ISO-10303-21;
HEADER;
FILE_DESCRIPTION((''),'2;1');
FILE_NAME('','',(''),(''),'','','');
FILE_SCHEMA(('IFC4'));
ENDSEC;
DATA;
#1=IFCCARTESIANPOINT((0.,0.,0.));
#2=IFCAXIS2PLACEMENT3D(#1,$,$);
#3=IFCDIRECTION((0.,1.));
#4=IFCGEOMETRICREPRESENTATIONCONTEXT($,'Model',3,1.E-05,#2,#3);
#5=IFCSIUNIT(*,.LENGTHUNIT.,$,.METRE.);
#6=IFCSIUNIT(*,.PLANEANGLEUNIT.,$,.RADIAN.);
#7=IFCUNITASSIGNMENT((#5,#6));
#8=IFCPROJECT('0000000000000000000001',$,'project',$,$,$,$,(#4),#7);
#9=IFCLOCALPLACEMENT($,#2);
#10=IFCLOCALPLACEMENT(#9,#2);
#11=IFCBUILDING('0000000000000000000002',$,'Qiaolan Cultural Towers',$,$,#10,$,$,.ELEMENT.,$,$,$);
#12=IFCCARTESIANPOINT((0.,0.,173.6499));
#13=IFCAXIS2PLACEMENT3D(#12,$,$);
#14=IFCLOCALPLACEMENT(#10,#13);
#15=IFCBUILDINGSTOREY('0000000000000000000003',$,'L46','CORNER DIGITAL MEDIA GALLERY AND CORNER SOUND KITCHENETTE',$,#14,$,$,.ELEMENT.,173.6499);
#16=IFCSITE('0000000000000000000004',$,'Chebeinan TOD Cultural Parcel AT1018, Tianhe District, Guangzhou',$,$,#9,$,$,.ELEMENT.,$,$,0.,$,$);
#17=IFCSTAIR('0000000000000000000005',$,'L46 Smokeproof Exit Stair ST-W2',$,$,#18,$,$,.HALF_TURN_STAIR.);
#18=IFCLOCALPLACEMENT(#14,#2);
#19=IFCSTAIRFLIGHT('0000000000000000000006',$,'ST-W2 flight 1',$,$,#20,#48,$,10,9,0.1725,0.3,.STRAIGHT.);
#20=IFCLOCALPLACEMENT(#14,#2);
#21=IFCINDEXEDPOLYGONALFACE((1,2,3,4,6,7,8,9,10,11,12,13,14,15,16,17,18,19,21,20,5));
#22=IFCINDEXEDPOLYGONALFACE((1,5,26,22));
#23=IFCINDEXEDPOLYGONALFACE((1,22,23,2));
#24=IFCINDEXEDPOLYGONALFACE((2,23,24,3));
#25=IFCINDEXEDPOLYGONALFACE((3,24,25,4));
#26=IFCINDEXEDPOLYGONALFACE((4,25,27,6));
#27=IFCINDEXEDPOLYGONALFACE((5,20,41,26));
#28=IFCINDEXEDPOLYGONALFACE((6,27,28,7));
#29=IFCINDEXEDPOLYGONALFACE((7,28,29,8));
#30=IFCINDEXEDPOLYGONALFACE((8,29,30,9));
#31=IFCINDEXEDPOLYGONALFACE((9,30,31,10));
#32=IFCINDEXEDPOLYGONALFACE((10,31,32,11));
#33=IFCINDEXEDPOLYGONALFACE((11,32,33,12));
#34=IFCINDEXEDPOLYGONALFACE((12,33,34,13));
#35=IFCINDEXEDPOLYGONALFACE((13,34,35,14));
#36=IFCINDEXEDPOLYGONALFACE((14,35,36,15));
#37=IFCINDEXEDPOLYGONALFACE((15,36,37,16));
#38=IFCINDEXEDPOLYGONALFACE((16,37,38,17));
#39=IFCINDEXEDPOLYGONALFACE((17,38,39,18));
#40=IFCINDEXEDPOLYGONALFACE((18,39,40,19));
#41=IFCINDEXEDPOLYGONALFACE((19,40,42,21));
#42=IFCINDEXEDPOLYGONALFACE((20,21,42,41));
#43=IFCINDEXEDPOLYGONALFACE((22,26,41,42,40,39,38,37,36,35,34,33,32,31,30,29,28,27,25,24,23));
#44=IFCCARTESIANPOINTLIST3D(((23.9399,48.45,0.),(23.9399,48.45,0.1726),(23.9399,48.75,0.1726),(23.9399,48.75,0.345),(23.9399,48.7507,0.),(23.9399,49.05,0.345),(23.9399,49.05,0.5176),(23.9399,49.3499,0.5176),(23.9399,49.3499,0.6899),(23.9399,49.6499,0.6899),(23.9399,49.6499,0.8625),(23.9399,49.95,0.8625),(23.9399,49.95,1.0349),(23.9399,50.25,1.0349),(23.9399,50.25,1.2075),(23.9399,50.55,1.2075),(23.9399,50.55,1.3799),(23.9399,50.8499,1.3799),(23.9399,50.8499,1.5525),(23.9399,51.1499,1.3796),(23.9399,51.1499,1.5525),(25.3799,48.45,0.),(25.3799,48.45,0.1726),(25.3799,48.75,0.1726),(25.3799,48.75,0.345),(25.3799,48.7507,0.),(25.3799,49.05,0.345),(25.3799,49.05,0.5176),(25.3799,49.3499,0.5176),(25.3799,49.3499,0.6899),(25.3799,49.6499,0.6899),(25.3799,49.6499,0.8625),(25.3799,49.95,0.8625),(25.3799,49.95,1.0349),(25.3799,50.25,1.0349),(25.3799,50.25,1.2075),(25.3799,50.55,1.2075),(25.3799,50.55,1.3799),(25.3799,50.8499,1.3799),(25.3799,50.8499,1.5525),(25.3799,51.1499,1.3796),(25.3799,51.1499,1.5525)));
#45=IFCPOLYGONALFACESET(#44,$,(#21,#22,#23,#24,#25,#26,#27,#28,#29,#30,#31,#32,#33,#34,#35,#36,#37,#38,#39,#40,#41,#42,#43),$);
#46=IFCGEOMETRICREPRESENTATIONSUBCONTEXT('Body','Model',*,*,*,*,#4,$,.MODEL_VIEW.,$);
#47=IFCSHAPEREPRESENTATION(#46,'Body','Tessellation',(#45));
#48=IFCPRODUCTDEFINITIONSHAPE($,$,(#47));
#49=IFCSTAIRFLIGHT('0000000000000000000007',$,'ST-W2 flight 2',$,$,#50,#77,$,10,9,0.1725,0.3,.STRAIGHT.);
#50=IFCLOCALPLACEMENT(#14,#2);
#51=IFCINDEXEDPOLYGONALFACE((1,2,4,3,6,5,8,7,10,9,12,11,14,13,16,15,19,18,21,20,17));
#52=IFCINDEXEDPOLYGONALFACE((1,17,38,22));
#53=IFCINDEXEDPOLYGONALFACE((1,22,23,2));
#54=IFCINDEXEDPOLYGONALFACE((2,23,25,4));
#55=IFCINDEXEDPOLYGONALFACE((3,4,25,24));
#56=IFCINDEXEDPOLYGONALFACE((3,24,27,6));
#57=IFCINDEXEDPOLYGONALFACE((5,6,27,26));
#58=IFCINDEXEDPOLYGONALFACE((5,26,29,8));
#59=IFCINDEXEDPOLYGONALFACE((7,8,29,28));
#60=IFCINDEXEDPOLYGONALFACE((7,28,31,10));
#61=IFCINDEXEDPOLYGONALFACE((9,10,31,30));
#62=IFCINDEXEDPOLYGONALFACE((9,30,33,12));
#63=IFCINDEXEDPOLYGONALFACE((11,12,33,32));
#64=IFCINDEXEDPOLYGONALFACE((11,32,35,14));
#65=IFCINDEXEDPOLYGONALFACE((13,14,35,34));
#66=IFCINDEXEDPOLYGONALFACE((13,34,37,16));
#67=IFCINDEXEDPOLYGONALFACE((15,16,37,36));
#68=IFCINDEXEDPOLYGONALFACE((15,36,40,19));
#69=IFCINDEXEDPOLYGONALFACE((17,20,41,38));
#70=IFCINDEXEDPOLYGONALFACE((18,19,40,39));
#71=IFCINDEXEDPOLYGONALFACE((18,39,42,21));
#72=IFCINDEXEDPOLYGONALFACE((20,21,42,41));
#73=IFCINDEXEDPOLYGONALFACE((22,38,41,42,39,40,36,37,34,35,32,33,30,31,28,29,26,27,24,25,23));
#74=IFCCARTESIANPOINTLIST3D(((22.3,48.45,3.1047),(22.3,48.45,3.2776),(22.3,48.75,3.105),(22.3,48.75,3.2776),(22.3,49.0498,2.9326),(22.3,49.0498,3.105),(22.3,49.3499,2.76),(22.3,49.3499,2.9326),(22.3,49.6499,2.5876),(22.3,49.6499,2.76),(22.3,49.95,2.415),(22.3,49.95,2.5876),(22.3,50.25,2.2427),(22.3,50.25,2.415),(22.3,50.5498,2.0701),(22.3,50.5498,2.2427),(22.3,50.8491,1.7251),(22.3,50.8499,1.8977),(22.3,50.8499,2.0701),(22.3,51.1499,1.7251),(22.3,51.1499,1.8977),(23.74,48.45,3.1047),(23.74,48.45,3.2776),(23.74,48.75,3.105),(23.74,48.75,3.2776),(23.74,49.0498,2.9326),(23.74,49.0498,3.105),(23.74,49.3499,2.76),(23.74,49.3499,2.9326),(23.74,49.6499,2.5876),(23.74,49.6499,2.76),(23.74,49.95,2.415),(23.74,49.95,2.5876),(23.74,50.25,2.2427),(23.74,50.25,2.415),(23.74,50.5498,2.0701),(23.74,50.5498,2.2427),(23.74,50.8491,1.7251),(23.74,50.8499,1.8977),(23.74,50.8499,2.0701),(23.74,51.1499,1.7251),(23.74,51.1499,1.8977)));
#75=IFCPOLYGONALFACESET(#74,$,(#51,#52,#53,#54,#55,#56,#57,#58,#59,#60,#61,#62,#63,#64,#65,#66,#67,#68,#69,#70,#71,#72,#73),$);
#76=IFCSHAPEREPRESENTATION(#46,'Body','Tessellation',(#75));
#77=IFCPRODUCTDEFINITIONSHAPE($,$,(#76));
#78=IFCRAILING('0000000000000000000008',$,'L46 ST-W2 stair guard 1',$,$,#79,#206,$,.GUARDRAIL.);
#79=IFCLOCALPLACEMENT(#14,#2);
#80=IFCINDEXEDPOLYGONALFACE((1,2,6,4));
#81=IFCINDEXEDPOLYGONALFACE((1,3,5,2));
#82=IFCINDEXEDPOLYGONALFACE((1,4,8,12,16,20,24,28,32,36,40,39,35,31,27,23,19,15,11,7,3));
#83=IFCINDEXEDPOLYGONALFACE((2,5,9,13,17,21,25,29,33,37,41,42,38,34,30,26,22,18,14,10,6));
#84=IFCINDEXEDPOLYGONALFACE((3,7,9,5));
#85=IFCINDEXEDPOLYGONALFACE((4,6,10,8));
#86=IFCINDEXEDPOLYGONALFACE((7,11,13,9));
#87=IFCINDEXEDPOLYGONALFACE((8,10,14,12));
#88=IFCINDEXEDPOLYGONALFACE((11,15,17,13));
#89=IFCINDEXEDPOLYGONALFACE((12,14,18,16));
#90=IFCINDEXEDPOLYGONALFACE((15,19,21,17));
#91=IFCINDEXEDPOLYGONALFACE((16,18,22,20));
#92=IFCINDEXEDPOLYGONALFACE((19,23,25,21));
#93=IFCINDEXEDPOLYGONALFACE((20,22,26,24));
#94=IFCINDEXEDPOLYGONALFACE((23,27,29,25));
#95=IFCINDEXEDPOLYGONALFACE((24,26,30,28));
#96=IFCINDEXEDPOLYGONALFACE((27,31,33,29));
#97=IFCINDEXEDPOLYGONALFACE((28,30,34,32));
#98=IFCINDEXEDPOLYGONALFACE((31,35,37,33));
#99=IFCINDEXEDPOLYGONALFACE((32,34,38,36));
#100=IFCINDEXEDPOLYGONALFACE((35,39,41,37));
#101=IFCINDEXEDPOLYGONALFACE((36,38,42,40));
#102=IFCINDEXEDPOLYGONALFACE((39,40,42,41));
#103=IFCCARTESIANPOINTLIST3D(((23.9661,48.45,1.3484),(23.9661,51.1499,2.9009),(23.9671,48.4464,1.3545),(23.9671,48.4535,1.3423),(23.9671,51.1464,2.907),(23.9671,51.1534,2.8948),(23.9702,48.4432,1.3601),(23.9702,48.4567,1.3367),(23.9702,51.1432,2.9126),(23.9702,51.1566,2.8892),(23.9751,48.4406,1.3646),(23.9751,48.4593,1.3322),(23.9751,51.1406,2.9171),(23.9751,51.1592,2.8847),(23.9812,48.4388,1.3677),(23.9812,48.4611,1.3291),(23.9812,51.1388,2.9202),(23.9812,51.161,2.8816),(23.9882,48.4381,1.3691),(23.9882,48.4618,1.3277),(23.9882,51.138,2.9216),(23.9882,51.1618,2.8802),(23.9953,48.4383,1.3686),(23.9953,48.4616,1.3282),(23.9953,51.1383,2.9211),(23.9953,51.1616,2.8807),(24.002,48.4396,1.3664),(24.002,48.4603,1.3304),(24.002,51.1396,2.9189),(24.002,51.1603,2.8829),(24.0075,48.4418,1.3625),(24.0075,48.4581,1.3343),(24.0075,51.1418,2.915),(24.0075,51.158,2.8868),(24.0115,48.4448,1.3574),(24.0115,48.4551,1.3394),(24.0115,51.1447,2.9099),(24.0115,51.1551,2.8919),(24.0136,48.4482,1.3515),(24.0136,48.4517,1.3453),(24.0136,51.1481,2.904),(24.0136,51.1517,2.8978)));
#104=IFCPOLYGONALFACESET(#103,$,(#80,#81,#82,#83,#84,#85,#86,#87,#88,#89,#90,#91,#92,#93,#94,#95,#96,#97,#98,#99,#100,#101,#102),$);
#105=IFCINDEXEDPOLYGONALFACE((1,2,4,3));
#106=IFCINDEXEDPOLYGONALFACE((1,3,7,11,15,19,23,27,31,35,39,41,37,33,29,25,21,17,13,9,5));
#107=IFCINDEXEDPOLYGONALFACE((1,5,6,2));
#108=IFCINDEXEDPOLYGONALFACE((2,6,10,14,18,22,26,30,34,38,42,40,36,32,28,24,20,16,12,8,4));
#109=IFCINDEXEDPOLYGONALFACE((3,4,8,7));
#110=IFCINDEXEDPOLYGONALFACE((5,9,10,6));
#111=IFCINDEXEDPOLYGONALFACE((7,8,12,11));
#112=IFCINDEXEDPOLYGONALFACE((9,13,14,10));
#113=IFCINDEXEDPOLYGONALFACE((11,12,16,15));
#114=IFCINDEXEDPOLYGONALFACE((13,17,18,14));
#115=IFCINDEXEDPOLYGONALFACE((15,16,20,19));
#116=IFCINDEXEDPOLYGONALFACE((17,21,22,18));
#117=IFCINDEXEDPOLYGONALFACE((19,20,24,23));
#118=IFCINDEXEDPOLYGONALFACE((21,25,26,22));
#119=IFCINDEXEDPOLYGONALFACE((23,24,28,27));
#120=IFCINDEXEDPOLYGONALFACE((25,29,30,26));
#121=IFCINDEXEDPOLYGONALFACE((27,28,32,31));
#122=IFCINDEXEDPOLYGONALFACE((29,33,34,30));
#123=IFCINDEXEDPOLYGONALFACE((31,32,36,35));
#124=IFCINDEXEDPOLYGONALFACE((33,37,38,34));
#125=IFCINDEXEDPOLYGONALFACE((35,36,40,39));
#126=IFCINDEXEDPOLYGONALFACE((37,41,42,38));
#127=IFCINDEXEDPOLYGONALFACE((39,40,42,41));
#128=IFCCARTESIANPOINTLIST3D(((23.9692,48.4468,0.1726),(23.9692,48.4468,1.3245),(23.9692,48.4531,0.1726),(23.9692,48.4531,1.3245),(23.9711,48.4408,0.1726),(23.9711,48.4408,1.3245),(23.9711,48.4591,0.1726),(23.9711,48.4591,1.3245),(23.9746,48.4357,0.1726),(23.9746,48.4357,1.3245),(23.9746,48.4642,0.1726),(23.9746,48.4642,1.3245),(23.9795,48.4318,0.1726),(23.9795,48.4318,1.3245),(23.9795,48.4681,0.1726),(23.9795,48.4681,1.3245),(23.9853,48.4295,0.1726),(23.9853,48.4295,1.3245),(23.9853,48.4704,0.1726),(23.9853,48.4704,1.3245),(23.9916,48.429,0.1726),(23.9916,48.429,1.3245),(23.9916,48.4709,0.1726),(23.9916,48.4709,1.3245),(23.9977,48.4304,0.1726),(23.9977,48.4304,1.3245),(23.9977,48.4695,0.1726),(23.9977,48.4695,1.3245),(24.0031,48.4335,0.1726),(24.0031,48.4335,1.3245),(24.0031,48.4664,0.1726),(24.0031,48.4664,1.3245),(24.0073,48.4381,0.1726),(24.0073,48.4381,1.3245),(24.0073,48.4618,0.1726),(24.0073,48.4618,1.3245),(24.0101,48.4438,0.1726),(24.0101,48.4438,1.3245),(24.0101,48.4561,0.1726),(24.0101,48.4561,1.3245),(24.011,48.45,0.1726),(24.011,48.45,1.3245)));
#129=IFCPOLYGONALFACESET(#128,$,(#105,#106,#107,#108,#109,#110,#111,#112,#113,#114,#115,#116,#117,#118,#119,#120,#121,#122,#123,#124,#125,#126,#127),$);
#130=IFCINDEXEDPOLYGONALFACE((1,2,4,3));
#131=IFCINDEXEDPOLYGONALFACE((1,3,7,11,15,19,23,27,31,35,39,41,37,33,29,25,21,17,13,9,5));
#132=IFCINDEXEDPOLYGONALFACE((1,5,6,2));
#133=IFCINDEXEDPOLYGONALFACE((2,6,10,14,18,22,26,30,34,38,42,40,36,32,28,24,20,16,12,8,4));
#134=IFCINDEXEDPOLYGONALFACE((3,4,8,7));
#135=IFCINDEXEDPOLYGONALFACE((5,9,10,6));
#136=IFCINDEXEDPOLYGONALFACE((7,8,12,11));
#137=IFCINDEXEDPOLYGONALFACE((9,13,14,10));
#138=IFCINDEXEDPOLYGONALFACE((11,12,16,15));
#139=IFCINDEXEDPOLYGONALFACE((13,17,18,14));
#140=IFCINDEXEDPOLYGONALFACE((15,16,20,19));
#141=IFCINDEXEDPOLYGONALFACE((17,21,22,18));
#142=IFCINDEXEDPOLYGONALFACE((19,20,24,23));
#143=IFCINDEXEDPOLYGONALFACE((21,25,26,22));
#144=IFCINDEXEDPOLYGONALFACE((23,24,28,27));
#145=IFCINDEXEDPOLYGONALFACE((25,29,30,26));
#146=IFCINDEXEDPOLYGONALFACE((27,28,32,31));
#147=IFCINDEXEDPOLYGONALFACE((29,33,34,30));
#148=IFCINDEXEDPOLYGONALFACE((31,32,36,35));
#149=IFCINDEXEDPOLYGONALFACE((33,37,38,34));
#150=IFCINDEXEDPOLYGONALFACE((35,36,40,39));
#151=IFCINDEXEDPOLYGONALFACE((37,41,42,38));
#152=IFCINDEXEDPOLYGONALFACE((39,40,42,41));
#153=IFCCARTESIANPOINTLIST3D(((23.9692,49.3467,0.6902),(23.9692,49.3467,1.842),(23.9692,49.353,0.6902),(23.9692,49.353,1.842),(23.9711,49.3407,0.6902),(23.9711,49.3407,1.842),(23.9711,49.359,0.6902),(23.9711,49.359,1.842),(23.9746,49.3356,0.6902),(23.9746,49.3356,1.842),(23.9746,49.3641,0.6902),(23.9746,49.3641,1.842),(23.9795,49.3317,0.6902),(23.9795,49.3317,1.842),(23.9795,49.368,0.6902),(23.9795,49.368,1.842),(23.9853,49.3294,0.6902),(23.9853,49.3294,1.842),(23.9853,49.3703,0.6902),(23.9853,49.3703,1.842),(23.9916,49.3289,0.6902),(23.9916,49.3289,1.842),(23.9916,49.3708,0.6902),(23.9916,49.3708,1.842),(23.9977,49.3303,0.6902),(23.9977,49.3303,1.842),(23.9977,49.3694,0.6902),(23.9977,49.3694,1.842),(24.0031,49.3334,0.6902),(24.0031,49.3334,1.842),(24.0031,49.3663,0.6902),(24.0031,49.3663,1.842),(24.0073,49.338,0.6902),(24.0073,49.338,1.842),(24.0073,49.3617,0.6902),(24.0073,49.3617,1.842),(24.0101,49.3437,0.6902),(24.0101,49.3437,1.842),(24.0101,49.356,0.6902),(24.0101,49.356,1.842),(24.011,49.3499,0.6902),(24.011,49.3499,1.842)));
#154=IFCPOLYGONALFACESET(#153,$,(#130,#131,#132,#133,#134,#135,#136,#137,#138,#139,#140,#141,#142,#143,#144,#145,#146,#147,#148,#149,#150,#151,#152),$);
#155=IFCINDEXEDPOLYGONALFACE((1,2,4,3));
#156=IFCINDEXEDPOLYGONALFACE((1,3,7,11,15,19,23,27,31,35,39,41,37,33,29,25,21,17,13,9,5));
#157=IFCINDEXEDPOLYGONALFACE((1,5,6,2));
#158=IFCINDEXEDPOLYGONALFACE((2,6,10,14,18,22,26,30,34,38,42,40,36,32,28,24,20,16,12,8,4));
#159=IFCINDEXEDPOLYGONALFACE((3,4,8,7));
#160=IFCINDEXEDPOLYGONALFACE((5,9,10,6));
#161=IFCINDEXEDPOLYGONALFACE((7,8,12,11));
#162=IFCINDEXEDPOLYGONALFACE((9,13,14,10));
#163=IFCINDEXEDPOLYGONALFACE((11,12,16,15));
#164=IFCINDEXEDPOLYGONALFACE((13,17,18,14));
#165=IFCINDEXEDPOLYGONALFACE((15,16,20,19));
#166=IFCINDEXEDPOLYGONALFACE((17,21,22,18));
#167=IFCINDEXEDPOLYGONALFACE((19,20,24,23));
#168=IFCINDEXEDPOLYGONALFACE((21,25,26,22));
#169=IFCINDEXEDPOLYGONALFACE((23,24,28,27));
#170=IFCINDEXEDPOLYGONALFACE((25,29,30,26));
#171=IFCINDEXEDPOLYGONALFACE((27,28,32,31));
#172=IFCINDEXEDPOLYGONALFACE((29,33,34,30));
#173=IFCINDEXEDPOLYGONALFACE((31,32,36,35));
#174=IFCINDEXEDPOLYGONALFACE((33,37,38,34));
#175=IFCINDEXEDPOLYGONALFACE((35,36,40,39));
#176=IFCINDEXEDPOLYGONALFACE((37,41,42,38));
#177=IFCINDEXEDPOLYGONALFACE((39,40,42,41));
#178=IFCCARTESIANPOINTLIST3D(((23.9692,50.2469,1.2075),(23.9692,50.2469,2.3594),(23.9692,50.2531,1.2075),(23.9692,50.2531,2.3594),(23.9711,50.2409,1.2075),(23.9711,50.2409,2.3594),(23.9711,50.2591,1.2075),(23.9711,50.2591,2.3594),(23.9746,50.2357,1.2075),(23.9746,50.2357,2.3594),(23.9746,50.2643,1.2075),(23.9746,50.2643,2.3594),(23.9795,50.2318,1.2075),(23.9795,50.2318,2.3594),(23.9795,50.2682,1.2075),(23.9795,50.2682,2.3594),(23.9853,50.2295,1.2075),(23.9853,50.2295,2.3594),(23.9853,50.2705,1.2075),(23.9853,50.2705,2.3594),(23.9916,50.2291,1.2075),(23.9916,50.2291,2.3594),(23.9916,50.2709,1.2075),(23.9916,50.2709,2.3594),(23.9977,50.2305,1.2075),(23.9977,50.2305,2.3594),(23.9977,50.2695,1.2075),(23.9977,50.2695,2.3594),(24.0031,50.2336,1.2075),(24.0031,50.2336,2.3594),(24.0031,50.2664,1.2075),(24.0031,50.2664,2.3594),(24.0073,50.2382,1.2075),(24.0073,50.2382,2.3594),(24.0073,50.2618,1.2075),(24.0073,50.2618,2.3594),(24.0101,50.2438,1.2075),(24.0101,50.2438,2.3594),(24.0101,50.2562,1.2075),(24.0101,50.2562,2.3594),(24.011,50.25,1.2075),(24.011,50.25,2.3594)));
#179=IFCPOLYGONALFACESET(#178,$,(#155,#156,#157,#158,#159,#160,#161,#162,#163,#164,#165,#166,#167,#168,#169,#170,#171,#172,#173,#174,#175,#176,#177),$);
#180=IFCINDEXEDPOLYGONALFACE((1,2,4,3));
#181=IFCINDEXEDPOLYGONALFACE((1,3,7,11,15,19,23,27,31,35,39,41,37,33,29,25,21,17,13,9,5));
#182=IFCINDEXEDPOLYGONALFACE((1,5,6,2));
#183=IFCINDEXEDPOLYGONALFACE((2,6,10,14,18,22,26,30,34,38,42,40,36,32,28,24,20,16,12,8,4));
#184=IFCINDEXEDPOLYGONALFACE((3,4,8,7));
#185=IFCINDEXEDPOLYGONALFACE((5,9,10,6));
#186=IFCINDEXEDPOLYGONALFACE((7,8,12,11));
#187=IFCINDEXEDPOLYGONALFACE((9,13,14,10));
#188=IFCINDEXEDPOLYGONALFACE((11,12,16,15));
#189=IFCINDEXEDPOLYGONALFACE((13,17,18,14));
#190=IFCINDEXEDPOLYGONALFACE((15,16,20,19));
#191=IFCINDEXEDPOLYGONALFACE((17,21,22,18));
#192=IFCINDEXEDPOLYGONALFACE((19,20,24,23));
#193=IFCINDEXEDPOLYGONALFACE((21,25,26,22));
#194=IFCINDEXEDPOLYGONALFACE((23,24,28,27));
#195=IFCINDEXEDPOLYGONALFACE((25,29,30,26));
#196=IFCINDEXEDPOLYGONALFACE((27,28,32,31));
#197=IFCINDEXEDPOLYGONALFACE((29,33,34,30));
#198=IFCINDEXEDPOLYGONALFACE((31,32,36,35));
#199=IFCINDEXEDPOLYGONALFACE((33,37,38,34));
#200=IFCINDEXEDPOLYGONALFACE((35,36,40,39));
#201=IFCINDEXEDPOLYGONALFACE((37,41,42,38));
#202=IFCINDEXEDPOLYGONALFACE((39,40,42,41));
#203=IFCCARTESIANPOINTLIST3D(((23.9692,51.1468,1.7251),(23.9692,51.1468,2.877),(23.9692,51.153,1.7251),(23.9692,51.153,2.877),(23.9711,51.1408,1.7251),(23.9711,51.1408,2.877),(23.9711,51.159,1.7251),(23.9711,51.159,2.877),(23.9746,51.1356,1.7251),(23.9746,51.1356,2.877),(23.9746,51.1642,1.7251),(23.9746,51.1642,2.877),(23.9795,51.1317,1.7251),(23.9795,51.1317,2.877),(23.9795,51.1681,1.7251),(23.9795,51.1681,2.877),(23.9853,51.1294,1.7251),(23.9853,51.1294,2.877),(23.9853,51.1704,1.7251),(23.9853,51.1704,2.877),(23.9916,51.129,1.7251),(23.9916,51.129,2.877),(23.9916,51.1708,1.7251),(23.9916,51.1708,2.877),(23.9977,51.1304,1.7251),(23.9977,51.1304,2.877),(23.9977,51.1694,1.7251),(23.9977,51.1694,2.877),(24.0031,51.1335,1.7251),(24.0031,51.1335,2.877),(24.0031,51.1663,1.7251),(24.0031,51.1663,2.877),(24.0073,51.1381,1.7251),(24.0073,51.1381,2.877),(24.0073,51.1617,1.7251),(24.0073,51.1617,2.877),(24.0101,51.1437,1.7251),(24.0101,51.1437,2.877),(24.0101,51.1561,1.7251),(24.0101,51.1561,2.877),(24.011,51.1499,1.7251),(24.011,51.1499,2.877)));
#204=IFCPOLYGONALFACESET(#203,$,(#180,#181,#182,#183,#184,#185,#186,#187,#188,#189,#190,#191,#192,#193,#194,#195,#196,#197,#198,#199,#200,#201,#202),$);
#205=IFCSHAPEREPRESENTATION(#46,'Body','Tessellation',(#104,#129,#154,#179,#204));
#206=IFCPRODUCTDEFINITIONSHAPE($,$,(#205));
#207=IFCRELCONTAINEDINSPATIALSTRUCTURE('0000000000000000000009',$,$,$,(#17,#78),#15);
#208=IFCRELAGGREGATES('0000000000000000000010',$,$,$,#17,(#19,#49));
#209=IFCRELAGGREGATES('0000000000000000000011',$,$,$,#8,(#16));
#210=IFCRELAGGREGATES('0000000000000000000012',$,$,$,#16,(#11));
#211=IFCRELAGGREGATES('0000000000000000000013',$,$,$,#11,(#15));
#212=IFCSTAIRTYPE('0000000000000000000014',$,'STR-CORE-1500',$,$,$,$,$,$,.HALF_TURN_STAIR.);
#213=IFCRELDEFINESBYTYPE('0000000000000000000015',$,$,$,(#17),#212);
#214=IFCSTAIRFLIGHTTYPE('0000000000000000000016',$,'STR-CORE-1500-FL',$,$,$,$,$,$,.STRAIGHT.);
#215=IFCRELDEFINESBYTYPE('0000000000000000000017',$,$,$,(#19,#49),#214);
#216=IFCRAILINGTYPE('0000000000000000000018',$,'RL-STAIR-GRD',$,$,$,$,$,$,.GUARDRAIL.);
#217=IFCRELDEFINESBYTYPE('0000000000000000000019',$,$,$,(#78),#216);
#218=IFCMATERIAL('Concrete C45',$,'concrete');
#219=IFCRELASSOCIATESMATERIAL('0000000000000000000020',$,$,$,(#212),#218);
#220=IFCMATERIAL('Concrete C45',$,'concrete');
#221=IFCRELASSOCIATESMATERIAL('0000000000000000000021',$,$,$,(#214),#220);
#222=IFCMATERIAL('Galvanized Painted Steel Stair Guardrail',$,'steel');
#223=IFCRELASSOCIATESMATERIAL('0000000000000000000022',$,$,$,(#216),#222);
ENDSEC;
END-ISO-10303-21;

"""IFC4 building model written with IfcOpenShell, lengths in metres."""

from ifc_helpers import new_model, si_unit, direction, frame, origin, origin_2d, place, context, subcontext, project, spatial, polyline, circle, outline, extrude, material, type_object, element, aggregate, save


model = new_model("IFC4")

# Units and contexts
model_context = context("Model", 3, precision=1e-05, world=origin(), true_north=direction((0.0, 1.0)))
body_context = subcontext(model_context, "Body", "Model", "MODEL_VIEW")
ifc_project = project(units=[si_unit("LENGTHUNIT", "METRE"), si_unit("PLANEANGLEUNIT", "RADIAN")], contexts=[model_context])

# Site, building, storey
site_placement = place(None, origin())
site = spatial("IfcSite", under=ifc_project, at=site_placement, Name="Chebeinan TOD Cultural Parcel AT1018, Tianhe District, Guangzhou", CompositionType="ELEMENT", RefElevation=0.0)
building_placement = place(site_placement, origin())
building = spatial("IfcBuilding", under=site, at=building_placement, Name="Qiaolan Cultural Towers", CompositionType="ELEMENT")
storey_placement = place(building_placement, frame((0.0, 0.0, 173.6499)))
storey = spatial("IfcBuildingStorey", under=building, at=storey_placement, Name="L46", Description="CORNER DIGITAL MEDIA GALLERY AND CORNER SOUND KITCHENETTE", CompositionType="ELEMENT", Elevation=173.6499)

# Stair, stair flights
ifc_material_1 = material(Name="Concrete C45", Category="concrete")
stair_type = type_object("IfcStairType", Name="STR-CORE-1500", PredefinedType="HALF_TURN_STAIR", material=ifc_material_1)
stair_placement = place(storey_placement, origin())
stair = element("IfcStair", 1, at=stair_placement, inside=storey, type_object=stair_type, Name="L46 Smokeproof Exit Stair ST-W2", PredefinedType="HALF_TURN_STAIR")
ifc_material_2 = material(Name="Concrete C45", Category="concrete")
stair_flight_type = type_object("IfcStairFlightType", Name="STR-CORE-1500-FL", PredefinedType="STRAIGHT", material=ifc_material_2)
stair_flight_1_placement = place(storey_placement, frame((24.6599, 48.45, 0.0), z_axis=(0.0, 0.0, 1.0), x_axis=(0.0, 1.0, 0.0)))
stair_flight_1 = element("IfcStairFlight", 2, at=stair_flight_1_placement, type_object=stair_flight_type, Name="ST-W2 flight 1", NumberOfRisers=10, NumberOfTreads=9, PredefinedType="STRAIGHT", RiserHeight=0.1725, TreadLength=0.3, context=body_context, shape_type="SweptSolid", body=[
    extrude(outline(polyline([(0.0, 0.0), (0.0, 0.1726), (0.3, 0.1726), (0.3, 0.345), (0.6001, 0.345), (0.6001, 0.5176), (0.8999, 0.5176), (0.8999, 0.6899), (1.2, 0.6899), (1.2, 0.8625), (1.5, 0.8625), (1.5, 1.0349), (1.8, 1.0349), (1.8, 1.2075), (2.1001, 1.2075), (2.1001, 1.3799), (2.3999, 1.3799), (2.3999, 1.5525), (2.7, 1.5525), (2.7, 1.7251), (2.7, 1.3796), (0.3008, 0.0), (0.0, 0.0)])), frame((0.0, 0.72, 0.0), z_axis=(0.0, -1.0, 0.0), x_axis=(1.0, 0.0, 0.0)), (0.0, 0.0, 1.0), 1.4399),
])
stair_flight_2_placement = place(storey_placement, frame((23.02, 51.1499, 1.7251), z_axis=(0.0, 0.0, 1.0), x_axis=(0.0, -1.0, 0.0)))
stair_flight_2 = element("IfcStairFlight", 3, at=stair_flight_2_placement, type_object=stair_flight_type, Name="ST-W2 flight 2", NumberOfRisers=10, NumberOfTreads=9, PredefinedType="STRAIGHT", RiserHeight=0.1725, TreadLength=0.3, context=body_context, shape_type="SweptSolid", body=[
    extrude(outline(polyline([(0.0, 0.0), (0.0, 0.1726), (0.3, 0.1726), (0.3, 0.345), (0.6001, 0.345), (0.6001, 0.5176), (0.8999, 0.5176), (0.8999, 0.6899), (1.2, 0.6899), (1.2, 0.8625), (1.5, 0.8625), (1.5, 1.0349), (1.8, 1.0349), (1.8, 1.2075), (2.1001, 1.2075), (2.1001, 1.3799), (2.3999, 1.3799), (2.3999, 1.5525), (2.7, 1.5525), (2.7, 1.7251), (2.7, 1.3796), (0.3008, 0.0), (0.0, 0.0)])), frame((0.0, 0.72, 0.0), z_axis=(0.0, -1.0, 0.0), x_axis=(1.0, 0.0, 0.0)), (0.0, 0.0, 1.0), 1.4399),
])
aggregate(stair, [stair_flight_1, stair_flight_2])

# Railing
ifc_material_3 = material(Name="Galvanized Painted Steel Stair Guardrail", Category="steel")
railing_type_1 = type_object("IfcRailingType", Name="RL-STAIR-GRD", PredefinedType="GUARDRAIL", material=ifc_material_3)
railing_1_placement = place(storey_placement, frame((23.99, 48.45, 0.1726)))
element("IfcRailing", 4, at=railing_1_placement, inside=storey, type_object=railing_type_1, Name="L46 ST-W2 stair guard 1", PredefinedType="GUARDRAIL", context=body_context, shape_type="SweptSolid", body=[
    extrude(circle(Radius=0.0239, at=origin_2d()), frame((0.0, 0.0, 1.1758), z_axis=(0.0, 0.866904, 0.498476), x_axis=(-1.0, 0.0, 0.0)), (0.0, 0.0, 1.0), 3.1145),
    extrude(circle(Radius=0.021, at=origin_2d()), origin(), (0.0, 0.0, 1.0), 1.1519),
    extrude(circle(Radius=0.021, at=origin_2d()), frame((0.0, 0.8999, 0.5176)), (0.0, 0.0, 1.0), 1.1519),
    extrude(circle(Radius=0.021, at=origin_2d()), frame((0.0, 1.8, 1.0349)), (0.0, 0.0, 1.0), 1.1519),
    extrude(circle(Radius=0.021, at=origin_2d()), frame((0.0, 2.7, 1.5525)), (0.0, 0.0, 1.0), 1.1519),
])

save(model, "model.ifc")
